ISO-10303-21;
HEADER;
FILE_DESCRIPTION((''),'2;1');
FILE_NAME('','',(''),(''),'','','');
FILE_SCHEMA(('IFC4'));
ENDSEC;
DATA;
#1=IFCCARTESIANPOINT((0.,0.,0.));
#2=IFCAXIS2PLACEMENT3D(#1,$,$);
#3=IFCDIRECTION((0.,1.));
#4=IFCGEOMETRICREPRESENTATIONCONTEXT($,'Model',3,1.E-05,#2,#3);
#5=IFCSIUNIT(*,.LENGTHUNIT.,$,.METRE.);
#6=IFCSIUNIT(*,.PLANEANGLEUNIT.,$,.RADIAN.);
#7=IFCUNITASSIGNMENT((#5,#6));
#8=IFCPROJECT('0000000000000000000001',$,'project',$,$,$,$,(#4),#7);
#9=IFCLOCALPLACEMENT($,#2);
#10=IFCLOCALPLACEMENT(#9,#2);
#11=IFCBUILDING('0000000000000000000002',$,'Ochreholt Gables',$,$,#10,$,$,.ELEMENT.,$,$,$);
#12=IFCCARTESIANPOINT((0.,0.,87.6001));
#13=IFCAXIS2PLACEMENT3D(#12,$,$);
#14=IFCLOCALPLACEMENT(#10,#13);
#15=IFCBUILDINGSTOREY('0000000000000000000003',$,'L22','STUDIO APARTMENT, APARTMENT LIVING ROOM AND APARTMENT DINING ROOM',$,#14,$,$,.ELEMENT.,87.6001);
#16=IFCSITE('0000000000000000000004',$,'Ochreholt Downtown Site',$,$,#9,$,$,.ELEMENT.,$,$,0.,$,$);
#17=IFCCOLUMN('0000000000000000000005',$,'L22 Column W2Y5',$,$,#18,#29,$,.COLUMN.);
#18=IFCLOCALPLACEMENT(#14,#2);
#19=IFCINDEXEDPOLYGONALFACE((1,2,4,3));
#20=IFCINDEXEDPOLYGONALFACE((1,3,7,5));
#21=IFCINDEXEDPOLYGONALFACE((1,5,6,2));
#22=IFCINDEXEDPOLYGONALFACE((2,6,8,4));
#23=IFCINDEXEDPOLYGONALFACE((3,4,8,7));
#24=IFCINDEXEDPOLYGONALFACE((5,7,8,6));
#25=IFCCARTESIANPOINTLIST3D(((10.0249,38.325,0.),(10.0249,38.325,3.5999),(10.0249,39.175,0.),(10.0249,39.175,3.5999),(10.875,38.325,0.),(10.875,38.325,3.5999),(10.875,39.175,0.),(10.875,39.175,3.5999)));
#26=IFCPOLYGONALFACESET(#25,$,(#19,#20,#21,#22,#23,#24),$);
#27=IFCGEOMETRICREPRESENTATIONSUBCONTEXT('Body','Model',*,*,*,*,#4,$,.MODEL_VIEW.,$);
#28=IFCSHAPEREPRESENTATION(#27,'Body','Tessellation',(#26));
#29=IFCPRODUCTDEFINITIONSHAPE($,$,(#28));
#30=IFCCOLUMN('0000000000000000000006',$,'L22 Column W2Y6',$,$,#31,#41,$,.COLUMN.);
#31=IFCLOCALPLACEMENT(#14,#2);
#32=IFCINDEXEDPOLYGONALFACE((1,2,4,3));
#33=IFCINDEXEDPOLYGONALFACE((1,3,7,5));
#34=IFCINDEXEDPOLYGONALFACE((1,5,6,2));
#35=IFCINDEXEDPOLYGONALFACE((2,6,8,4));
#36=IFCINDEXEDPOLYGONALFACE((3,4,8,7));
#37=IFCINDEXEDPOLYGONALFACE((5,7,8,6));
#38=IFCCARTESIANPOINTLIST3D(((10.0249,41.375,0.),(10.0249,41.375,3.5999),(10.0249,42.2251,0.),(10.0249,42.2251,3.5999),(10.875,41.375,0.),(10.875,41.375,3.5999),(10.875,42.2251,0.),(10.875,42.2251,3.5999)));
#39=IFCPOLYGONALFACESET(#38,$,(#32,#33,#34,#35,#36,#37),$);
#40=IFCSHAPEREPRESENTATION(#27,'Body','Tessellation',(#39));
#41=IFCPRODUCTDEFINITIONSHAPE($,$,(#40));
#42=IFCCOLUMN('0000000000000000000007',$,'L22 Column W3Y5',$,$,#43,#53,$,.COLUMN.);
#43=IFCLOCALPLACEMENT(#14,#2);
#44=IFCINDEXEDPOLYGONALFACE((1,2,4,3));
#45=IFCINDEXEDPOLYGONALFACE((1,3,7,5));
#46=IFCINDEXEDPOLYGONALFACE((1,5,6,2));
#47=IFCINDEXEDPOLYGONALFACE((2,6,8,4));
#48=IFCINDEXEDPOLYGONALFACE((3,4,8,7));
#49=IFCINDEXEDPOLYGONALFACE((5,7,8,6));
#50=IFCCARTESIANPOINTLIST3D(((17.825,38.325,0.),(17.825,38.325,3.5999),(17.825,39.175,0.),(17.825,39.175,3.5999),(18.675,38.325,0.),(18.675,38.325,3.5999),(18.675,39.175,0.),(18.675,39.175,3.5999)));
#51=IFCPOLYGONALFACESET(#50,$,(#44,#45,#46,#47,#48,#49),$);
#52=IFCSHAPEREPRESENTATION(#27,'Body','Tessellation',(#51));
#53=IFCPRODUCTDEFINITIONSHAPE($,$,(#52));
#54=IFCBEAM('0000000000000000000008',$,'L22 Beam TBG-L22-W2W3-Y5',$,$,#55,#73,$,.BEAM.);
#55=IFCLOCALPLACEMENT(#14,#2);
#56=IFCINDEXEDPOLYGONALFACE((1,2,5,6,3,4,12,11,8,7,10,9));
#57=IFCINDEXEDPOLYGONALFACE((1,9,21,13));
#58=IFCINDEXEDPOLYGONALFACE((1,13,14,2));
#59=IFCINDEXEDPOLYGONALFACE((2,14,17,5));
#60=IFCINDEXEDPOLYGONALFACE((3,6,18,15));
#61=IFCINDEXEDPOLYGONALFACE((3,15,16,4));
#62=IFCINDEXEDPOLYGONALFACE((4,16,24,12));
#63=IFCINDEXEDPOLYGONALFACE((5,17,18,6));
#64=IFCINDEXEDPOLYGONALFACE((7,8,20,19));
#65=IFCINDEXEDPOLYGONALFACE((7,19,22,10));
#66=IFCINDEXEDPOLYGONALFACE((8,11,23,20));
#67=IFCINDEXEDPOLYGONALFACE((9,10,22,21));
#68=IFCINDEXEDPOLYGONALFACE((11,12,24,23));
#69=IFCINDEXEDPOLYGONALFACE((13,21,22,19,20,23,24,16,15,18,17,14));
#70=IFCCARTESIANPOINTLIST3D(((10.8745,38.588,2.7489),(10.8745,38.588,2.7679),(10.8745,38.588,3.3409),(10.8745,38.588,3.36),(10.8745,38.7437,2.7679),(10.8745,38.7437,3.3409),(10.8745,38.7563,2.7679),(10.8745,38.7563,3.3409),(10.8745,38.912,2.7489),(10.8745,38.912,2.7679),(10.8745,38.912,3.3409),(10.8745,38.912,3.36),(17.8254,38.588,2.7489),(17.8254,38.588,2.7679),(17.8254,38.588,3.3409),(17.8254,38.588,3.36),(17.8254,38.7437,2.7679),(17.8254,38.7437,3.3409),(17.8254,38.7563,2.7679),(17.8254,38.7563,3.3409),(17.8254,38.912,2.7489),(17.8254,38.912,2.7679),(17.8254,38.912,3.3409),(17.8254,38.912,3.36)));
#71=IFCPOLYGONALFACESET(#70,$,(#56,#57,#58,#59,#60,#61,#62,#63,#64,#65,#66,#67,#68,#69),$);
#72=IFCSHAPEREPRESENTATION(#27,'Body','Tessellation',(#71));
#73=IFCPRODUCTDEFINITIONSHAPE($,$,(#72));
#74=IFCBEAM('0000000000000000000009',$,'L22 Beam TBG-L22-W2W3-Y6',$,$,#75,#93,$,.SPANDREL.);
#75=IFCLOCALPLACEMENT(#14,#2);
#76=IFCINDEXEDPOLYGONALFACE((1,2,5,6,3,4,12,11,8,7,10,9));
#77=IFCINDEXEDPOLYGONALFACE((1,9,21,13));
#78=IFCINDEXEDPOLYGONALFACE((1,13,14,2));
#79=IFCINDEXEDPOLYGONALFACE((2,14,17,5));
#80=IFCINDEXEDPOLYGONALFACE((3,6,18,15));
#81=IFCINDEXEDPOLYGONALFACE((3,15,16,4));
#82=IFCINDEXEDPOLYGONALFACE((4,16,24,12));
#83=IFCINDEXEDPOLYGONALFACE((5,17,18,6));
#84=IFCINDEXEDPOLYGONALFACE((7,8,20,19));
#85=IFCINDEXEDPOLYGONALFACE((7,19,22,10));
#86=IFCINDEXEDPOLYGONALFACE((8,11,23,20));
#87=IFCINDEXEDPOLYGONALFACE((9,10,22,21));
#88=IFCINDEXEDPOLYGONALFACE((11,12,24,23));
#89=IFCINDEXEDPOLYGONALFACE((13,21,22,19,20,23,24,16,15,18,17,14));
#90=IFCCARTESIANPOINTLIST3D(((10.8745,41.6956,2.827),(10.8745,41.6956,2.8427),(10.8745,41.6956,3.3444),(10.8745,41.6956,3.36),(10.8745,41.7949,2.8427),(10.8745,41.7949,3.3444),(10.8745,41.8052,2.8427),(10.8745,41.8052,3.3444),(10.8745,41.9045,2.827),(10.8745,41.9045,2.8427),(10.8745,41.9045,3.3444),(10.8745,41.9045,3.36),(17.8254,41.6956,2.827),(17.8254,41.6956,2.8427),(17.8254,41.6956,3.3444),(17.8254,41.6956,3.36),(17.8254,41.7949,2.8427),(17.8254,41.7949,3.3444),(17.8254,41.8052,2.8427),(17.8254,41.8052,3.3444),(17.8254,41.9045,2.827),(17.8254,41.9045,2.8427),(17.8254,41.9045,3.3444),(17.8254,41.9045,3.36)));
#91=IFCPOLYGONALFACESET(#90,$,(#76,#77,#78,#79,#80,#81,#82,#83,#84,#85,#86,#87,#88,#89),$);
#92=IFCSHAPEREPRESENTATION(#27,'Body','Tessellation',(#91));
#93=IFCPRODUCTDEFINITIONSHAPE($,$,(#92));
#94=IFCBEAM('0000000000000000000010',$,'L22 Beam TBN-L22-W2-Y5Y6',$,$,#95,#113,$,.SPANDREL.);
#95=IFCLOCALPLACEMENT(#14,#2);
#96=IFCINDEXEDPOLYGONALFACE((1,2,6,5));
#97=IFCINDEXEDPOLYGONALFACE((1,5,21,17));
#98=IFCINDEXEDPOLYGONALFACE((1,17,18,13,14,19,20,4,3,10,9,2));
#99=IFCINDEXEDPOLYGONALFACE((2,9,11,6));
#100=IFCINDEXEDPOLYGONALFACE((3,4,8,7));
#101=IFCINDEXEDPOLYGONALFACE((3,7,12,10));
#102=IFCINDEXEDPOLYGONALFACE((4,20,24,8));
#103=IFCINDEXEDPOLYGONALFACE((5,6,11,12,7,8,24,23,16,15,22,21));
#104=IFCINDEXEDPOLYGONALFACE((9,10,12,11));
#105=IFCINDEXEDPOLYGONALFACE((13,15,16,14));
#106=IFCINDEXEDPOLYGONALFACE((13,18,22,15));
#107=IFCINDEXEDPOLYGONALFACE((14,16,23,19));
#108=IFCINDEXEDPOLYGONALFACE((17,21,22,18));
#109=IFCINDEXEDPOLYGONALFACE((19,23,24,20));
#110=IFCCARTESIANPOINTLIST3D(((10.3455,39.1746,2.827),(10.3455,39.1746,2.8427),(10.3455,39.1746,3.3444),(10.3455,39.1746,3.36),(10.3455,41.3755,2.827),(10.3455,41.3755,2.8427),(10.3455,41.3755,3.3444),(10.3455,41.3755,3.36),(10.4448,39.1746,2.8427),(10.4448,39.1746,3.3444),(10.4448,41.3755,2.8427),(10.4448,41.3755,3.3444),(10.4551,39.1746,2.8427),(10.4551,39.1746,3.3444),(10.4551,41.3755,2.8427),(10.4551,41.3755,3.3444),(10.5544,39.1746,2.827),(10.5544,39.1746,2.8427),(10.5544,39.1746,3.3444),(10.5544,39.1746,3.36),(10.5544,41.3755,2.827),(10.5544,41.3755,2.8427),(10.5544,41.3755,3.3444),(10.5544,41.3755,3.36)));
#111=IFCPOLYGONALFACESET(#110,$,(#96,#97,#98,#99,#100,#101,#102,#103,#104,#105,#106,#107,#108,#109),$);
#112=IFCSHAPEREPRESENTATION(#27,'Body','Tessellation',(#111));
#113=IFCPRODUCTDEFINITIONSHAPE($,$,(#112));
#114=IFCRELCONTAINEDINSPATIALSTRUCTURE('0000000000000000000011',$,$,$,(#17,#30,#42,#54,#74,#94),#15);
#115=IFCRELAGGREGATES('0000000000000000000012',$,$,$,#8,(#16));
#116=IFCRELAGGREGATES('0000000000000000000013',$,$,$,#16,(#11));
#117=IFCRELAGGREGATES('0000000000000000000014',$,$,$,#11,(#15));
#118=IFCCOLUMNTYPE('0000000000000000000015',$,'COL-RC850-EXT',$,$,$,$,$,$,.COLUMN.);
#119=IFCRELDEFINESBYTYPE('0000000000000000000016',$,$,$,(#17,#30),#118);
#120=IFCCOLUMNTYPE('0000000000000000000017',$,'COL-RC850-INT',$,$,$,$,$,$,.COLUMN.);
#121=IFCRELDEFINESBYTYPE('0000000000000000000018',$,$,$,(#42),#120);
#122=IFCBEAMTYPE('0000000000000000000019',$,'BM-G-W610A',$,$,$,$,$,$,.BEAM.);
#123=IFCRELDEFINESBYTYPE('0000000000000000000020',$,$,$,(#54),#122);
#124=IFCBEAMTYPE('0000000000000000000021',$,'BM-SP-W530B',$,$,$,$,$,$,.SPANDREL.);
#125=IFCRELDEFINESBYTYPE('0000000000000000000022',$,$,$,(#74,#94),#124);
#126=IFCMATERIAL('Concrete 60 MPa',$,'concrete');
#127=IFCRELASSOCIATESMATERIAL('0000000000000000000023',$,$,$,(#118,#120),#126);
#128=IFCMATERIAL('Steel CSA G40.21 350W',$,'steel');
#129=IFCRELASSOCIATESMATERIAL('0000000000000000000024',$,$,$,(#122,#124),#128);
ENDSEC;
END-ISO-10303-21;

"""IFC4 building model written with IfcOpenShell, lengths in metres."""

from ifc_helpers import new_model, si_unit, direction, frame, origin, origin_2d, place, context, subcontext, project, spatial, rectangle, i_section, extrude, material, material_profile, profile_set, type_object, element, save


model = new_model("IFC4")

# Units and contexts
model_context = context("Model", 3, precision=1e-05, world=origin(), true_north=direction((0.0, 1.0)))
body_context = subcontext(model_context, "Body", "Model", "MODEL_VIEW")
ifc_project = project(units=[si_unit("LENGTHUNIT", "METRE"), si_unit("PLANEANGLEUNIT", "RADIAN")], contexts=[model_context])

# Site, building, storey
site_placement = place(None, origin())
site = spatial("IfcSite", under=ifc_project, at=site_placement, Name="Ochreholt Downtown Site", CompositionType="ELEMENT", RefElevation=0.0)
building_placement = place(site_placement, origin())
building = spatial("IfcBuilding", under=site, at=building_placement, Name="Ochreholt Gables", CompositionType="ELEMENT")
storey_placement = place(building_placement, frame((0.0, 0.0, 87.6001)))
storey = spatial("IfcBuildingStorey", under=building, at=storey_placement, Name="L22", Description="STUDIO APARTMENT, APARTMENT LIVING ROOM AND APARTMENT DINING ROOM", CompositionType="ELEMENT", Elevation=87.6001)

# Columns
ifc_material_1 = material(Name="Concrete 60 MPa", Category="concrete")
ifc_material_profile_1 = material_profile(ifc_material_1, rectangle(XDim=0.8501, YDim=0.8501, at=origin_2d()), Name="RC850X850")
ifc_profile_set_1 = profile_set([ifc_material_profile_1], Name="Concrete 60 MPa")
column_type_1 = type_object("IfcColumnType", Name="COL-RC850-EXT", PredefinedType="COLUMN", material=ifc_profile_set_1)
for number, where, z_axis, x_axis, name in (
    (1, (10.45, 38.75, 0.0), (0.0, 0.0, 1.0), (1.0, 0.0, 0.0), "L22 Column W2Y5"),
    (2, (10.45, 41.8, 0.0), (0.0, 0.0, 1.0), (1.0, 0.0, 0.0), "L22 Column W2Y6"),
):
    element("IfcColumn", number, at=place(storey_placement, frame(where, z_axis=z_axis, x_axis=x_axis)), inside=storey, type_object=column_type_1, Name=name, PredefinedType="COLUMN", context=body_context, shape_type="SweptSolid", body=[
        extrude(rectangle(XDim=0.8501, YDim=0.8501, at=origin_2d()), origin(), (0.0, 0.0, 1.0), 3.5999),
    ])
ifc_material_profile_2 = material_profile(ifc_material_1, rectangle(XDim=0.8501, YDim=0.8501, at=origin_2d()), Name="RC850X850")
ifc_profile_set_2 = profile_set([ifc_material_profile_2], Name="Concrete 60 MPa")
column_type_2 = type_object("IfcColumnType", Name="COL-RC850-INT", PredefinedType="COLUMN", material=ifc_profile_set_2)
column_placement = place(storey_placement, frame((18.25, 38.75, 0.0), z_axis=(0.0, 0.0, 1.0), x_axis=(1.0, 0.0, 0.0)))
element("IfcColumn", 3, at=column_placement, inside=storey, type_object=column_type_2, Name="L22 Column W3Y5", PredefinedType="COLUMN", context=body_context, shape_type="SweptSolid", body=[
    extrude(rectangle(XDim=0.8501, YDim=0.8501, at=origin_2d()), origin(), (0.0, 0.0, 1.0), 3.5999),
])

# Beams
ifc_material_2 = material(Name="Steel CSA G40.21 350W", Category="steel")
ifc_material_profile_3 = material_profile(ifc_material_2, i_section(OverallWidth=0.324, OverallDepth=0.6111, WebThickness=0.0127, FlangeThickness=0.019, at=origin_2d()), Name="W610X155")
ifc_profile_set_3 = profile_set([ifc_material_profile_3], Name="Steel CSA G40.21 350W")
beam_type_1 = type_object("IfcBeamType", Name="BM-G-W610A", PredefinedType="BEAM", material=ifc_profile_set_3)
beam_1_placement = place(storey_placement, frame((10.8745, 38.75, 3.0544), z_axis=(1.0, 0.0, 0.0), x_axis=(0.0, 1.0, 0.0)))
element("IfcBeam", 4, at=beam_1_placement, inside=storey, type_object=beam_type_1, Name="L22 Beam TBG-L22-W2W3-Y5", PredefinedType="BEAM", context=body_context, shape_type="SweptSolid", body=[
    extrude(i_section(OverallWidth=0.324, OverallDepth=0.6111, WebThickness=0.0127, FlangeThickness=0.019, at=origin_2d()), origin(), (0.0, 0.0, 1.0), 6.9509),
])
ifc_material_profile_4 = material_profile(ifc_material_2, i_section(OverallWidth=0.209, OverallDepth=0.533, WebThickness=0.0103, FlangeThickness=0.0156, at=origin_2d()), Name="W530X92")
ifc_profile_set_4 = profile_set([ifc_material_profile_4], Name="Steel CSA G40.21 350W")
beam_type_2 = type_object("IfcBeamType", Name="BM-SP-W530B", PredefinedType="SPANDREL", material=ifc_profile_set_4)
beam_2_placement = place(storey_placement, frame((10.8745, 41.8, 3.0935), z_axis=(1.0, 0.0, 0.0), x_axis=(0.0, 1.0, 0.0)))
element("IfcBeam", 5, at=beam_2_placement, inside=storey, type_object=beam_type_2, Name="L22 Beam TBG-L22-W2W3-Y6", PredefinedType="SPANDREL", context=body_context, shape_type="SweptSolid", body=[
    extrude(i_section(OverallWidth=0.209, OverallDepth=0.533, WebThickness=0.0103, FlangeThickness=0.0156, at=origin_2d()), origin(), (0.0, 0.0, 1.0), 6.9509),
])
beam_3_placement = place(storey_placement, frame((10.45, 39.1746, 3.0935), z_axis=(0.0, 1.0, 0.0), x_axis=(-1.0, 0.0, 0.0)))
element("IfcBeam", 6, at=beam_3_placement, inside=storey, type_object=beam_type_2, Name="L22 Beam TBN-L22-W2-Y5Y6", PredefinedType="SPANDREL", context=body_context, shape_type="SweptSolid", body=[
    extrude(i_section(OverallWidth=0.209, OverallDepth=0.533, WebThickness=0.0103, FlangeThickness=0.0156, at=origin_2d()), origin(), (0.0, 0.0, 1.0), 2.2009),
])

save(model, "model.ifc")
